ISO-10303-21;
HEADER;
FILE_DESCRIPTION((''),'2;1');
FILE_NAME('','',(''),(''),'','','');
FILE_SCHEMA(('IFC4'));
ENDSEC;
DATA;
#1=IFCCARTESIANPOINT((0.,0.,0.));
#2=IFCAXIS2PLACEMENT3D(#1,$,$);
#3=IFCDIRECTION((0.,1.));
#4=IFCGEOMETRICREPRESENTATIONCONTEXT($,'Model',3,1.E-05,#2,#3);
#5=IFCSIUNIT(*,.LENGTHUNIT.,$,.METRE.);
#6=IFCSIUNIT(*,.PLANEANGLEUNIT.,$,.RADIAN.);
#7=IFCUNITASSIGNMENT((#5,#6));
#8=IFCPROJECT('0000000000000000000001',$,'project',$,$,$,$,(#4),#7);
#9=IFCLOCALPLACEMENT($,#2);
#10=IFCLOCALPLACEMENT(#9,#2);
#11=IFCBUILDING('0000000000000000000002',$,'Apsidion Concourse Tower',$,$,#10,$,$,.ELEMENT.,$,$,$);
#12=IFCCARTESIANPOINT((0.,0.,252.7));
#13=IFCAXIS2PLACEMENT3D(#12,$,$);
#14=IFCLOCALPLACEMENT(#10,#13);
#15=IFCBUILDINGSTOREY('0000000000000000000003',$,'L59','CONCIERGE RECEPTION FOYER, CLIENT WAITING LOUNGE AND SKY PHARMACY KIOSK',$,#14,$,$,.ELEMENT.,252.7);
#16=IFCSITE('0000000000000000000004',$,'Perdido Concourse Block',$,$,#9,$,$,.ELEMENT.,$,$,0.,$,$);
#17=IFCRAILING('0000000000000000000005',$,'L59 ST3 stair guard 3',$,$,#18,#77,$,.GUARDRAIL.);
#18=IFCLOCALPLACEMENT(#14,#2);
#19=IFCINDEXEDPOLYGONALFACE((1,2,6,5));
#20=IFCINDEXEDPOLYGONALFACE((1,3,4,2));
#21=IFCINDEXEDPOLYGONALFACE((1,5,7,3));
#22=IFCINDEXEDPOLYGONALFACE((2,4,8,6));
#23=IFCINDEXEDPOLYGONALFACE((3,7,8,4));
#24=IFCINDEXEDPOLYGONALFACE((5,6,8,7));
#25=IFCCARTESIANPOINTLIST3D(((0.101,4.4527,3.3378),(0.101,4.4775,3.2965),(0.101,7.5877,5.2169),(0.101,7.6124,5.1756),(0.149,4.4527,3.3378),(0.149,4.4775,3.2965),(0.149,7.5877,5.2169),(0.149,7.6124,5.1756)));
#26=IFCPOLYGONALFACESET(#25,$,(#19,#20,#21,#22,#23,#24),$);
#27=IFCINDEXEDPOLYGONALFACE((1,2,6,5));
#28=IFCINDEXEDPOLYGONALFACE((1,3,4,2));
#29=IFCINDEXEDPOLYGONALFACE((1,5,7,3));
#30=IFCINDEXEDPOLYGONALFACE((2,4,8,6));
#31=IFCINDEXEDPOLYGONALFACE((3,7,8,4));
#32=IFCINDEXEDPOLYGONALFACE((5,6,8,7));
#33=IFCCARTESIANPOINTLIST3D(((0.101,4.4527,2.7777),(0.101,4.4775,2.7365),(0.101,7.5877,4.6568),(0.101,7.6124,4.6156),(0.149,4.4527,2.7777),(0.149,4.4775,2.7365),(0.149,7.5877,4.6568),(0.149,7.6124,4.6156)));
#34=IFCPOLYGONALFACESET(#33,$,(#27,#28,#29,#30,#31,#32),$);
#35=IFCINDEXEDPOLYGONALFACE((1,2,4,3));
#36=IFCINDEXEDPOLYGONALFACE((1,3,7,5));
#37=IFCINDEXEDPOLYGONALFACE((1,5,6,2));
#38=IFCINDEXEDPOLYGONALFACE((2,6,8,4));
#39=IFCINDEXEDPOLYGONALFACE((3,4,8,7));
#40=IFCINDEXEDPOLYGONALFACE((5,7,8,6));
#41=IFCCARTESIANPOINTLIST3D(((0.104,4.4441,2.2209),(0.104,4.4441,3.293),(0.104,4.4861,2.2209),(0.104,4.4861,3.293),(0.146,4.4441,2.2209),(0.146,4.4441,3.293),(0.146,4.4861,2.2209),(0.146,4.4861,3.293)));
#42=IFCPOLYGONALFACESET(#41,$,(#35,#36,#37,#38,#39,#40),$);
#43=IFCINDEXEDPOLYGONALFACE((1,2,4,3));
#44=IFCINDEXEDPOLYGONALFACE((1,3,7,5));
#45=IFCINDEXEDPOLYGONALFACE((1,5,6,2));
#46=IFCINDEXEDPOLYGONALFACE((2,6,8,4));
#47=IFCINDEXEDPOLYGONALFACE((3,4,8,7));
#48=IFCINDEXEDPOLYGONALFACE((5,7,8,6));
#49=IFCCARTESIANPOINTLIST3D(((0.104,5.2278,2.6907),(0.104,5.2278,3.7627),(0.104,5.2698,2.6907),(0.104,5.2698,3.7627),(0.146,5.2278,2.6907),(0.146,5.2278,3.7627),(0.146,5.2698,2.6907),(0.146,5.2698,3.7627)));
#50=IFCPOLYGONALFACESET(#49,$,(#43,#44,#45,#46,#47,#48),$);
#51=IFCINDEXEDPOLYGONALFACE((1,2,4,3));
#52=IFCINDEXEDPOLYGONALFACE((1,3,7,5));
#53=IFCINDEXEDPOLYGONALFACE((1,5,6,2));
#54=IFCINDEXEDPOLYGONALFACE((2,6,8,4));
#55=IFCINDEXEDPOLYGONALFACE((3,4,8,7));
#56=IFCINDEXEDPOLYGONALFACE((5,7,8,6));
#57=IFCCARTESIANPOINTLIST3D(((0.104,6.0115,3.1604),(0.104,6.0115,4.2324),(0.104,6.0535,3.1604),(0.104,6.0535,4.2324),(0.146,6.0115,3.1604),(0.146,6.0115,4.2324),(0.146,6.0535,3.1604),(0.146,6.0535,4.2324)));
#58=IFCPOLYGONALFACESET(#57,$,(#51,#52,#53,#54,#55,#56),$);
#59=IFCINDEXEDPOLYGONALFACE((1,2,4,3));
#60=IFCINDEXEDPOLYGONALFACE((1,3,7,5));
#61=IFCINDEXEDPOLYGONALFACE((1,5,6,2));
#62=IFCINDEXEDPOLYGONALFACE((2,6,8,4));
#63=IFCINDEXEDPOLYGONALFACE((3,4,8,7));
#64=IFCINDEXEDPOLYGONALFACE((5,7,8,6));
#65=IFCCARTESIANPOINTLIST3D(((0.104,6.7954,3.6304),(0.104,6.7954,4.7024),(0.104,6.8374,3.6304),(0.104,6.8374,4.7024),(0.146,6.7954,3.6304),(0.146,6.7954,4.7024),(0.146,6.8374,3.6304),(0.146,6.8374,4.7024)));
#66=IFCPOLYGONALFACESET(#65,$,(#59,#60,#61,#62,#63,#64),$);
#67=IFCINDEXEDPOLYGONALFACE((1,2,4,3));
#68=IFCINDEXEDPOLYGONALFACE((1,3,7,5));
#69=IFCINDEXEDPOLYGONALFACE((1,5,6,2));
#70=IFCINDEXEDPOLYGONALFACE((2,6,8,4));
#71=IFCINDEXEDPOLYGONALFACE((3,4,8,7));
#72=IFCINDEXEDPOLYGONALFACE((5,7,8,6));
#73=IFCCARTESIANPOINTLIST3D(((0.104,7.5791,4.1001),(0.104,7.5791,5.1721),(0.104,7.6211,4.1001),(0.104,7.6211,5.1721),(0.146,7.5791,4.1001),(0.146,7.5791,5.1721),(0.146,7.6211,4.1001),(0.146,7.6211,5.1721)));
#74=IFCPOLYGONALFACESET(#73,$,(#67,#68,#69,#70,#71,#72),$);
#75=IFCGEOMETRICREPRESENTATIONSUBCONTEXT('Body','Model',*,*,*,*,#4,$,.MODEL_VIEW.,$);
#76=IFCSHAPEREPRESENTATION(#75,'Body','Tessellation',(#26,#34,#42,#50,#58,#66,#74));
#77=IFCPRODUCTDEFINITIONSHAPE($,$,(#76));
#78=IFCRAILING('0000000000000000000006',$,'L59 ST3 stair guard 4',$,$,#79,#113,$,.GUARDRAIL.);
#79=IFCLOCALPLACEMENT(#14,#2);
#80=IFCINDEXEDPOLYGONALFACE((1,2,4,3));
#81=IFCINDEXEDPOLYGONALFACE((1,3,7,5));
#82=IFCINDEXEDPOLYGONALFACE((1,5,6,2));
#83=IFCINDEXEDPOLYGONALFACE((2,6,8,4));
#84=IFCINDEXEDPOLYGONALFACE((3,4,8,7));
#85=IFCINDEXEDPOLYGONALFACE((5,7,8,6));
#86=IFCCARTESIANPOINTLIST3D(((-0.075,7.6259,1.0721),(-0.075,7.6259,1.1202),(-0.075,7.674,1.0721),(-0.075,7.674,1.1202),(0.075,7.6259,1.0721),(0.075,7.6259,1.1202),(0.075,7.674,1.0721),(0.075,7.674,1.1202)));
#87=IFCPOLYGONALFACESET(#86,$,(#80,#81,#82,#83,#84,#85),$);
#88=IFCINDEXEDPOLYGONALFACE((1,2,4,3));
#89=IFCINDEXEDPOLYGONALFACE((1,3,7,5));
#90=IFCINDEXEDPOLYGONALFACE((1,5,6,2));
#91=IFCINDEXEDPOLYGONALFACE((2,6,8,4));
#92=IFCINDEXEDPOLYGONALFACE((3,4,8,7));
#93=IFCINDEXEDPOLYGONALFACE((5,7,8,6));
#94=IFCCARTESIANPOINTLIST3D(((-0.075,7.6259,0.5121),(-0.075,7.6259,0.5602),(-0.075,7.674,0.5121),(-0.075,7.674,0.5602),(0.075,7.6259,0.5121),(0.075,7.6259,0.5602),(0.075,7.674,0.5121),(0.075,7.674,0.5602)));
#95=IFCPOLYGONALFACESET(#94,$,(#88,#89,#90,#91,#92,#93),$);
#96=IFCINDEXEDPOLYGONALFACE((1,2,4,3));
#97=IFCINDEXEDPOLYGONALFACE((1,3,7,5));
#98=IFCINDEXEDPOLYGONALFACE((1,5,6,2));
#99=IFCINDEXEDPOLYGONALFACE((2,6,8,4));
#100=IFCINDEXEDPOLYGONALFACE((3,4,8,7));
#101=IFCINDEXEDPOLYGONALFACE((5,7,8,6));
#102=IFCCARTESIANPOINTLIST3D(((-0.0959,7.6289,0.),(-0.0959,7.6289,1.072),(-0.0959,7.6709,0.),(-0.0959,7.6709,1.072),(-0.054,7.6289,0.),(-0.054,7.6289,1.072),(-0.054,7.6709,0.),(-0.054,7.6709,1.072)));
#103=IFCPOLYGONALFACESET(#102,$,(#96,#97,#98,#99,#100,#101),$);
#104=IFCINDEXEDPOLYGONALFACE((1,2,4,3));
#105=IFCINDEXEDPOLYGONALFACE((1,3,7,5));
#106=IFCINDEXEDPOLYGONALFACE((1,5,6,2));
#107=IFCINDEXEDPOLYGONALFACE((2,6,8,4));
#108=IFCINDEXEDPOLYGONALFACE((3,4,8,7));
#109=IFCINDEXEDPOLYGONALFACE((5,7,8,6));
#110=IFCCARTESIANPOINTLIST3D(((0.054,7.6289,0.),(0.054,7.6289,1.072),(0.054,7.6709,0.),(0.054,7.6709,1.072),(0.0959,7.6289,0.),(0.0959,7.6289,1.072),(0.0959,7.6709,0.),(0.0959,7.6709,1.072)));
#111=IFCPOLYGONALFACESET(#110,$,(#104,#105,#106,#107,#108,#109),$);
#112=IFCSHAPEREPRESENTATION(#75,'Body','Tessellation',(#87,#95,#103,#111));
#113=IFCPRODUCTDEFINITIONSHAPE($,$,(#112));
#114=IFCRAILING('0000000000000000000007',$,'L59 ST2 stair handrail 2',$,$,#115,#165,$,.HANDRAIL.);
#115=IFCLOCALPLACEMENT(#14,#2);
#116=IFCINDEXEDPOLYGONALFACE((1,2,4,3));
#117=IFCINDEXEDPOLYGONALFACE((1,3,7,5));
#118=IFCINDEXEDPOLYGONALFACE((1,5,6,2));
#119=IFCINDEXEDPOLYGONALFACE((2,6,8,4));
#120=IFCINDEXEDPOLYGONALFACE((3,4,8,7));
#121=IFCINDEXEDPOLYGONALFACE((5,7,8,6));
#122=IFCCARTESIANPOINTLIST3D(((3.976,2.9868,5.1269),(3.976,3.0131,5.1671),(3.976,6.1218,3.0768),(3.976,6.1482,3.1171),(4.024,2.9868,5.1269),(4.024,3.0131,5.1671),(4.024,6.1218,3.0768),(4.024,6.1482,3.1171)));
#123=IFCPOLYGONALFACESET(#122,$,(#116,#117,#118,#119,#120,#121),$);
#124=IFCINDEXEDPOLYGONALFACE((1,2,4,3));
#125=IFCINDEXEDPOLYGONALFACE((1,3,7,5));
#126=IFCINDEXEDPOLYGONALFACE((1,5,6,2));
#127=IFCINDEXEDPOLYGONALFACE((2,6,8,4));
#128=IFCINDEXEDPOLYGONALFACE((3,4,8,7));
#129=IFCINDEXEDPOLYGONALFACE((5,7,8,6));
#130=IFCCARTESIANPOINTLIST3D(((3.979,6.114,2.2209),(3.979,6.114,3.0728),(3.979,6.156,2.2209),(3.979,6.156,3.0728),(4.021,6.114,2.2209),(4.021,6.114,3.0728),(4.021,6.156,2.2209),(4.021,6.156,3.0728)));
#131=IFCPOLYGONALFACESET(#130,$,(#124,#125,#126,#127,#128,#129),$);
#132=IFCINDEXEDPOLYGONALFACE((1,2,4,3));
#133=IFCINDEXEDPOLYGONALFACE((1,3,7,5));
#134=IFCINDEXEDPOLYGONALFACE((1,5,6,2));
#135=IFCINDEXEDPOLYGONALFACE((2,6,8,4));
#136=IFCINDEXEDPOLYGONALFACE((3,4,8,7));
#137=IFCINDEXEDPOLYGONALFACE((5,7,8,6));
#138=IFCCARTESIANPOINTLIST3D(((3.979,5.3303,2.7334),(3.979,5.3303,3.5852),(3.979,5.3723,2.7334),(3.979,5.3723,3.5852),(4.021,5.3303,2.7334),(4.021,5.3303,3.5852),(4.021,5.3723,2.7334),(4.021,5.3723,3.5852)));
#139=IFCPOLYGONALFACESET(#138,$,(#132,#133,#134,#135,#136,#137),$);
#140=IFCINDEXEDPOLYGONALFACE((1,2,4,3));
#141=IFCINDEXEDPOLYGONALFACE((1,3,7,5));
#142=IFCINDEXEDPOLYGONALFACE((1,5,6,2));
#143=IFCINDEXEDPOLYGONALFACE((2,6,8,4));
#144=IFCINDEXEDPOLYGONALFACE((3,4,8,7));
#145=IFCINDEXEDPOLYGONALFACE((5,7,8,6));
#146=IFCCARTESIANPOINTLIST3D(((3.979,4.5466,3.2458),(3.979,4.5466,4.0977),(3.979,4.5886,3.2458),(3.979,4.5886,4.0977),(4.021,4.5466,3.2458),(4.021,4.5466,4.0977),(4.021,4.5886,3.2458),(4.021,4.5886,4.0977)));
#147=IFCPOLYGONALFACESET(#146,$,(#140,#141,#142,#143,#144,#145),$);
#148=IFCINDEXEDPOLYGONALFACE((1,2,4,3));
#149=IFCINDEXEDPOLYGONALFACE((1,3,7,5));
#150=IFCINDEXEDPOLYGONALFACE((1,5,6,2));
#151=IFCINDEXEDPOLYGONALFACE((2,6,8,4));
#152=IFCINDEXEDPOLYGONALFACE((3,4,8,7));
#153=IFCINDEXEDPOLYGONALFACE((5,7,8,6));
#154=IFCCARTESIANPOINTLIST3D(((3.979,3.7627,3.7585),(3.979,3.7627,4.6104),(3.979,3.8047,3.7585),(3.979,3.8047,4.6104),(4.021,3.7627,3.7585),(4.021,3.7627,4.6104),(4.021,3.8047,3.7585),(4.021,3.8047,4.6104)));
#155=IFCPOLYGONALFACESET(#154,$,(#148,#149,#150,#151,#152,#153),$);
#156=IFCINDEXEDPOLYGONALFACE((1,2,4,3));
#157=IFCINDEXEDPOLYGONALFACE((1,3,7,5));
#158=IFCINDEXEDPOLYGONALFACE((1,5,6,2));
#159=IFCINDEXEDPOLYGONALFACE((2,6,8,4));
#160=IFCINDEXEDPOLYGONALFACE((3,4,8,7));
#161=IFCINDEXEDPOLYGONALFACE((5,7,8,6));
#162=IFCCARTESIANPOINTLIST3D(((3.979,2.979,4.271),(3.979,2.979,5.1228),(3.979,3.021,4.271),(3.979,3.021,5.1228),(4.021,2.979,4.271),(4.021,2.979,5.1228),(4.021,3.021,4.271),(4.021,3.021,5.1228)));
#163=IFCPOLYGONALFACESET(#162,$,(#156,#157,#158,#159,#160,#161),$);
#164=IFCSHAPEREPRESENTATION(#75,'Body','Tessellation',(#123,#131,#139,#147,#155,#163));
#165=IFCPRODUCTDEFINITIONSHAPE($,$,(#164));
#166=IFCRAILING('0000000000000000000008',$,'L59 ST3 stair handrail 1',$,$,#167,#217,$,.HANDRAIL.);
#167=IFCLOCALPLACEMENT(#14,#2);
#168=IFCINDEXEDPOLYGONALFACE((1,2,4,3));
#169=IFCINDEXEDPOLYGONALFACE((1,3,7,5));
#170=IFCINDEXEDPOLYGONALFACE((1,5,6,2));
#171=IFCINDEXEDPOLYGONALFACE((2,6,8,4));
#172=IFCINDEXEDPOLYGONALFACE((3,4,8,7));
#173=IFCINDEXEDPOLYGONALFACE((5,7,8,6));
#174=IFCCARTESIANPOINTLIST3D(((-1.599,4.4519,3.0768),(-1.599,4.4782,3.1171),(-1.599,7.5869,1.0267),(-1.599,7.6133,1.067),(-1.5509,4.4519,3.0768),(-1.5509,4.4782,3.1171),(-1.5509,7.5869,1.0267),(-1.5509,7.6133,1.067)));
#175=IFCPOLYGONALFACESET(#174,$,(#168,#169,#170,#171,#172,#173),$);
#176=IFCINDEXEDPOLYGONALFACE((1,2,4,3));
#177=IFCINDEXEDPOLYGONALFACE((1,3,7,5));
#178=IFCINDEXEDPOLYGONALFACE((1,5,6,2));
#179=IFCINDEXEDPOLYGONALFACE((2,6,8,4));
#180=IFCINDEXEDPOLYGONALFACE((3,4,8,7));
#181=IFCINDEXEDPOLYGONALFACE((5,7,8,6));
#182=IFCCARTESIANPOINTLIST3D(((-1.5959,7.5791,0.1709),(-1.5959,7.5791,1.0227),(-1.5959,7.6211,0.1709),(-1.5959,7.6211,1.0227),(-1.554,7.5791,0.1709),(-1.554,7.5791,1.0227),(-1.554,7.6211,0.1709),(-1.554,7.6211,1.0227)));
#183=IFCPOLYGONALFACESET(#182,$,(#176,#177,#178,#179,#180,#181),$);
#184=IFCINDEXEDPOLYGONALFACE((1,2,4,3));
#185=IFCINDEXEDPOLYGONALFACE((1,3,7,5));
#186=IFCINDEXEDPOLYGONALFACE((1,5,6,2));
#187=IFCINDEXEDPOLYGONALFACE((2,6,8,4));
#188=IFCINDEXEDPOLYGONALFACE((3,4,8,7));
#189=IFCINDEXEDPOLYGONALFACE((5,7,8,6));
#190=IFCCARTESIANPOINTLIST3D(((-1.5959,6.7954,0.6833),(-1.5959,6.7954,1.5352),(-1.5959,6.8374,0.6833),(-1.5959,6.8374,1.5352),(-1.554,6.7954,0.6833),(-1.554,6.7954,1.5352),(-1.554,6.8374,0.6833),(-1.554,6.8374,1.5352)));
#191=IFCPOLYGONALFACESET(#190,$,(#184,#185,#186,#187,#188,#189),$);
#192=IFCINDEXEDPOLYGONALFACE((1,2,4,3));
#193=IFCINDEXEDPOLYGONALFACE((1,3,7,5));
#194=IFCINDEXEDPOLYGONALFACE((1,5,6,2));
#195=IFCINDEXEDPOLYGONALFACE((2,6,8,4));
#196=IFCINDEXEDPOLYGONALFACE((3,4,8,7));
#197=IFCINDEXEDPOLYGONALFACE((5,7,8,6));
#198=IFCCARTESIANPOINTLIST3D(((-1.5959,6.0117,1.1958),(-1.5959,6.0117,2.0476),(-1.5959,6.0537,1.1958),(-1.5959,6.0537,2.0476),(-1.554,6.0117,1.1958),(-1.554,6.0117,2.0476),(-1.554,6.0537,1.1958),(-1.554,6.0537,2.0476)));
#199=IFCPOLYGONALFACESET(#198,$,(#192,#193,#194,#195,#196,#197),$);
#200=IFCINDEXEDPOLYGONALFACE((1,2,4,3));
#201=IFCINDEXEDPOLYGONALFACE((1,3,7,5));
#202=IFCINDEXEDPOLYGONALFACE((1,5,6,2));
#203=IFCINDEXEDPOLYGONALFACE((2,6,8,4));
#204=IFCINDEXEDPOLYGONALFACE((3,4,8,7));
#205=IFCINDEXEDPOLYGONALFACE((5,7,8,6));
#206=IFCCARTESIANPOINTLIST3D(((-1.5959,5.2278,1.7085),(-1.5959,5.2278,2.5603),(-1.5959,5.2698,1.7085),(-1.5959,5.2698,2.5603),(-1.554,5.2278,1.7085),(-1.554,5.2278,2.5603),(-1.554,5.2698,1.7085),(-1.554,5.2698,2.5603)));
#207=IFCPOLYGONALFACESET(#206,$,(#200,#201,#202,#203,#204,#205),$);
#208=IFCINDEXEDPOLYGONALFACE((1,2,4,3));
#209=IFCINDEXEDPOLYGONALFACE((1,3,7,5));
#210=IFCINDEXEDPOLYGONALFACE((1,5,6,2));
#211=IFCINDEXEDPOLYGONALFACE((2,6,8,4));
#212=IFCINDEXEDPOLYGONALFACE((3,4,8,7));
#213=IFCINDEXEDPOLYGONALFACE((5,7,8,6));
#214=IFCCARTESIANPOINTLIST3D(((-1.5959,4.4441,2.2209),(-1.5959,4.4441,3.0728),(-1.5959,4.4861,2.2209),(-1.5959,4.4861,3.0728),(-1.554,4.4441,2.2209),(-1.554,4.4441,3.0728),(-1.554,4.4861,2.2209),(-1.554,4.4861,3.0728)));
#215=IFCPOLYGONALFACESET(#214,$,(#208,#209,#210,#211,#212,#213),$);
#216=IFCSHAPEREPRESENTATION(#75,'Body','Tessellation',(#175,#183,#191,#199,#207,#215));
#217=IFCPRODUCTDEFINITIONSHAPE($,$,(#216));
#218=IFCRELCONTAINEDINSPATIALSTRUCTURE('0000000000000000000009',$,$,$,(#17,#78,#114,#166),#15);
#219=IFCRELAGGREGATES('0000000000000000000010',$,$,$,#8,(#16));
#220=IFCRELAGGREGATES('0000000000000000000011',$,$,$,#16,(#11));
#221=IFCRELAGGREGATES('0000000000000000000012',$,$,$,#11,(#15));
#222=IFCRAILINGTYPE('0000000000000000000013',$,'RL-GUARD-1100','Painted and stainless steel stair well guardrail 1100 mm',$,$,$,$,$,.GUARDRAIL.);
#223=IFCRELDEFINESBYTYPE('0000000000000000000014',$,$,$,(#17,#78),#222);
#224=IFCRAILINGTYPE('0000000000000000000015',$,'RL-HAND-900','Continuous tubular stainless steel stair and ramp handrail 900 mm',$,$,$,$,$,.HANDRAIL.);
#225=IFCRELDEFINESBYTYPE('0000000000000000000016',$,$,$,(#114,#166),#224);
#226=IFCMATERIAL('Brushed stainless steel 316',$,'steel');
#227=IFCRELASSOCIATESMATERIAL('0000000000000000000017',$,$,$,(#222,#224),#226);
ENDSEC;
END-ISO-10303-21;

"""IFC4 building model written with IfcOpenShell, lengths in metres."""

from ifc_helpers import new_model, si_unit, direction, frame, origin, origin_2d, place, context, subcontext, project, spatial, rectangle, extrude, material, type_object, element, save


model = new_model("IFC4")

# Units and contexts
model_context = context("Model", 3, precision=1e-05, world=origin(), true_north=direction((0.0, 1.0)))
body_context = subcontext(model_context, "Body", "Model", "MODEL_VIEW")
ifc_project = project(units=[si_unit("LENGTHUNIT", "METRE"), si_unit("PLANEANGLEUNIT", "RADIAN")], contexts=[model_context])

# Site, building, storey
site_placement = place(None, origin())
site = spatial("IfcSite", under=ifc_project, at=site_placement, Name="Perdido Concourse Block", CompositionType="ELEMENT", RefElevation=0.0)
building_placement = place(site_placement, origin())
building = spatial("IfcBuilding", under=site, at=building_placement, Name="Apsidion Concourse Tower", CompositionType="ELEMENT")
storey_placement = place(building_placement, frame((0.0, 0.0, 252.7)))
storey = spatial("IfcBuildingStorey", under=building, at=storey_placement, Name="L59", Description="CONCIERGE RECEPTION FOYER, CLIENT WAITING LOUNGE AND SKY PHARMACY KIOSK", CompositionType="ELEMENT", Elevation=252.7)

# Railings
ifc_material_1 = material(Name="Brushed stainless steel 316", Category="steel")
railing_type_1 = type_object("IfcRailingType", Name="RL-GUARD-1100", Description="Painted and stainless steel stair well guardrail 1100 mm", PredefinedType="GUARDRAIL", material=ifc_material_1)
railing_1_placement = place(storey_placement, frame((0.125, 4.4651, 2.2209)))
element("IfcRailing", 1, at=railing_1_placement, inside=storey, type_object=railing_type_1, Name="L59 ST3 stair guard 3", PredefinedType="GUARDRAIL", context=body_context, shape_type="SweptSolid", body=[
    extrude(rectangle(XDim=0.0481, YDim=0.0481, at=origin_2d()), frame((0.0, 0.0, 1.0962), z_axis=(0.0, 0.857717, 0.514122), x_axis=(-1.0, 0.0, 0.0)), (0.0, 0.0, 1.0), 3.655),
    extrude(rectangle(XDim=0.0481, YDim=0.0481, at=origin_2d()), frame((0.0, 0.0, 0.5361), z_axis=(0.0, 0.857717, 0.514122), x_axis=(-1.0, 0.0, 0.0)), (0.0, 0.0, 1.0), 3.655),
    extrude(rectangle(XDim=0.042, YDim=0.042, at=origin_2d()), origin(), (0.0, 0.0, 1.0), 1.072),
    extrude(rectangle(XDim=0.042, YDim=0.042, at=origin_2d()), frame((0.0, 0.7837, 0.4697)), (0.0, 0.0, 1.0), 1.072),
    extrude(rectangle(XDim=0.042, YDim=0.042, at=origin_2d()), frame((0.0, 1.5674, 0.9395)), (0.0, 0.0, 1.0), 1.072),
    extrude(rectangle(XDim=0.042, YDim=0.042, at=origin_2d()), frame((0.0, 2.3513, 1.4094)), (0.0, 0.0, 1.0), 1.072),
    extrude(rectangle(XDim=0.042, YDim=0.042, at=origin_2d()), frame((0.0, 3.135, 1.8792)), (0.0, 0.0, 1.0), 1.072),
])
railing_2_placement = place(storey_placement, frame((-0.075, 7.6499, 0.0)))
element("IfcRailing", 2, at=railing_2_placement, inside=storey, type_object=railing_type_1, Name="L59 ST3 stair guard 4", PredefinedType="GUARDRAIL", context=body_context, shape_type="SweptSolid", body=[
    extrude(rectangle(XDim=0.0481, YDim=0.0481, at=origin_2d()), frame((0.0, 0.0, 1.0962), z_axis=(1.0, 0.0, 0.0), x_axis=(0.0, 1.0, 0.0)), (0.0, 0.0, 1.0), 0.1499),
    extrude(rectangle(XDim=0.0481, YDim=0.0481, at=origin_2d()), frame((0.0, 0.0, 0.5361), z_axis=(1.0, 0.0, 0.0), x_axis=(0.0, 1.0, 0.0)), (0.0, 0.0, 1.0), 0.1499),
    extrude(rectangle(XDim=0.042, YDim=0.042, at=origin_2d()), origin(), (0.0, 0.0, 1.0), 1.072),
    extrude(rectangle(XDim=0.042, YDim=0.042, at=origin_2d()), frame((0.1499, 0.0, 0.0)), (0.0, 0.0, 1.0), 1.072),
])
railing_type_2 = type_object("IfcRailingType", Name="RL-HAND-900", Description="Continuous tubular stainless steel stair and ramp handrail 900 mm", PredefinedType="HANDRAIL", material=ifc_material_1)
for number, where, name in (
    (3, (4.0, 6.135, 2.2209), "L59 ST2 stair handrail 2"),
    (4, (-1.575, 7.6001, 0.1709), "L59 ST3 stair handrail 1"),
):
    element("IfcRailing", number, at=place(storey_placement, frame(where)), inside=storey, type_object=railing_type_2, Name=name, PredefinedType="HANDRAIL", context=body_context, shape_type="SweptSolid", body=[
        extrude(rectangle(XDim=0.0481, YDim=0.0481, at=origin_2d()), frame((0.0, 0.0, 0.876), z_axis=(0.0, -0.836941, 0.547293), x_axis=(1.0, 0.0, 0.0)), (0.0, 0.0, 1.0), 3.7458),
        extrude(rectangle(XDim=0.042, YDim=0.042, at=origin_2d()), origin(), (0.0, 0.0, 1.0), 0.8518),
        extrude(rectangle(XDim=0.042, YDim=0.042, at=origin_2d()), frame((0.0, -0.7837, 0.5125)), (0.0, 0.0, 1.0), 0.8518),
        extrude(rectangle(XDim=0.042, YDim=0.042, at=origin_2d()), frame((0.0, -1.5674, 1.0249)), (0.0, 0.0, 1.0), 0.8518),
        extrude(rectangle(XDim=0.042, YDim=0.042, at=origin_2d()), frame((0.0, -2.3513, 1.5376)), (0.0, 0.0, 1.0), 0.8518),
        extrude(rectangle(XDim=0.042, YDim=0.042, at=origin_2d()), frame((0.0, -3.135, 2.05)), (0.0, 0.0, 1.0), 0.8518),
    ])

save(model, "model.ifc")
